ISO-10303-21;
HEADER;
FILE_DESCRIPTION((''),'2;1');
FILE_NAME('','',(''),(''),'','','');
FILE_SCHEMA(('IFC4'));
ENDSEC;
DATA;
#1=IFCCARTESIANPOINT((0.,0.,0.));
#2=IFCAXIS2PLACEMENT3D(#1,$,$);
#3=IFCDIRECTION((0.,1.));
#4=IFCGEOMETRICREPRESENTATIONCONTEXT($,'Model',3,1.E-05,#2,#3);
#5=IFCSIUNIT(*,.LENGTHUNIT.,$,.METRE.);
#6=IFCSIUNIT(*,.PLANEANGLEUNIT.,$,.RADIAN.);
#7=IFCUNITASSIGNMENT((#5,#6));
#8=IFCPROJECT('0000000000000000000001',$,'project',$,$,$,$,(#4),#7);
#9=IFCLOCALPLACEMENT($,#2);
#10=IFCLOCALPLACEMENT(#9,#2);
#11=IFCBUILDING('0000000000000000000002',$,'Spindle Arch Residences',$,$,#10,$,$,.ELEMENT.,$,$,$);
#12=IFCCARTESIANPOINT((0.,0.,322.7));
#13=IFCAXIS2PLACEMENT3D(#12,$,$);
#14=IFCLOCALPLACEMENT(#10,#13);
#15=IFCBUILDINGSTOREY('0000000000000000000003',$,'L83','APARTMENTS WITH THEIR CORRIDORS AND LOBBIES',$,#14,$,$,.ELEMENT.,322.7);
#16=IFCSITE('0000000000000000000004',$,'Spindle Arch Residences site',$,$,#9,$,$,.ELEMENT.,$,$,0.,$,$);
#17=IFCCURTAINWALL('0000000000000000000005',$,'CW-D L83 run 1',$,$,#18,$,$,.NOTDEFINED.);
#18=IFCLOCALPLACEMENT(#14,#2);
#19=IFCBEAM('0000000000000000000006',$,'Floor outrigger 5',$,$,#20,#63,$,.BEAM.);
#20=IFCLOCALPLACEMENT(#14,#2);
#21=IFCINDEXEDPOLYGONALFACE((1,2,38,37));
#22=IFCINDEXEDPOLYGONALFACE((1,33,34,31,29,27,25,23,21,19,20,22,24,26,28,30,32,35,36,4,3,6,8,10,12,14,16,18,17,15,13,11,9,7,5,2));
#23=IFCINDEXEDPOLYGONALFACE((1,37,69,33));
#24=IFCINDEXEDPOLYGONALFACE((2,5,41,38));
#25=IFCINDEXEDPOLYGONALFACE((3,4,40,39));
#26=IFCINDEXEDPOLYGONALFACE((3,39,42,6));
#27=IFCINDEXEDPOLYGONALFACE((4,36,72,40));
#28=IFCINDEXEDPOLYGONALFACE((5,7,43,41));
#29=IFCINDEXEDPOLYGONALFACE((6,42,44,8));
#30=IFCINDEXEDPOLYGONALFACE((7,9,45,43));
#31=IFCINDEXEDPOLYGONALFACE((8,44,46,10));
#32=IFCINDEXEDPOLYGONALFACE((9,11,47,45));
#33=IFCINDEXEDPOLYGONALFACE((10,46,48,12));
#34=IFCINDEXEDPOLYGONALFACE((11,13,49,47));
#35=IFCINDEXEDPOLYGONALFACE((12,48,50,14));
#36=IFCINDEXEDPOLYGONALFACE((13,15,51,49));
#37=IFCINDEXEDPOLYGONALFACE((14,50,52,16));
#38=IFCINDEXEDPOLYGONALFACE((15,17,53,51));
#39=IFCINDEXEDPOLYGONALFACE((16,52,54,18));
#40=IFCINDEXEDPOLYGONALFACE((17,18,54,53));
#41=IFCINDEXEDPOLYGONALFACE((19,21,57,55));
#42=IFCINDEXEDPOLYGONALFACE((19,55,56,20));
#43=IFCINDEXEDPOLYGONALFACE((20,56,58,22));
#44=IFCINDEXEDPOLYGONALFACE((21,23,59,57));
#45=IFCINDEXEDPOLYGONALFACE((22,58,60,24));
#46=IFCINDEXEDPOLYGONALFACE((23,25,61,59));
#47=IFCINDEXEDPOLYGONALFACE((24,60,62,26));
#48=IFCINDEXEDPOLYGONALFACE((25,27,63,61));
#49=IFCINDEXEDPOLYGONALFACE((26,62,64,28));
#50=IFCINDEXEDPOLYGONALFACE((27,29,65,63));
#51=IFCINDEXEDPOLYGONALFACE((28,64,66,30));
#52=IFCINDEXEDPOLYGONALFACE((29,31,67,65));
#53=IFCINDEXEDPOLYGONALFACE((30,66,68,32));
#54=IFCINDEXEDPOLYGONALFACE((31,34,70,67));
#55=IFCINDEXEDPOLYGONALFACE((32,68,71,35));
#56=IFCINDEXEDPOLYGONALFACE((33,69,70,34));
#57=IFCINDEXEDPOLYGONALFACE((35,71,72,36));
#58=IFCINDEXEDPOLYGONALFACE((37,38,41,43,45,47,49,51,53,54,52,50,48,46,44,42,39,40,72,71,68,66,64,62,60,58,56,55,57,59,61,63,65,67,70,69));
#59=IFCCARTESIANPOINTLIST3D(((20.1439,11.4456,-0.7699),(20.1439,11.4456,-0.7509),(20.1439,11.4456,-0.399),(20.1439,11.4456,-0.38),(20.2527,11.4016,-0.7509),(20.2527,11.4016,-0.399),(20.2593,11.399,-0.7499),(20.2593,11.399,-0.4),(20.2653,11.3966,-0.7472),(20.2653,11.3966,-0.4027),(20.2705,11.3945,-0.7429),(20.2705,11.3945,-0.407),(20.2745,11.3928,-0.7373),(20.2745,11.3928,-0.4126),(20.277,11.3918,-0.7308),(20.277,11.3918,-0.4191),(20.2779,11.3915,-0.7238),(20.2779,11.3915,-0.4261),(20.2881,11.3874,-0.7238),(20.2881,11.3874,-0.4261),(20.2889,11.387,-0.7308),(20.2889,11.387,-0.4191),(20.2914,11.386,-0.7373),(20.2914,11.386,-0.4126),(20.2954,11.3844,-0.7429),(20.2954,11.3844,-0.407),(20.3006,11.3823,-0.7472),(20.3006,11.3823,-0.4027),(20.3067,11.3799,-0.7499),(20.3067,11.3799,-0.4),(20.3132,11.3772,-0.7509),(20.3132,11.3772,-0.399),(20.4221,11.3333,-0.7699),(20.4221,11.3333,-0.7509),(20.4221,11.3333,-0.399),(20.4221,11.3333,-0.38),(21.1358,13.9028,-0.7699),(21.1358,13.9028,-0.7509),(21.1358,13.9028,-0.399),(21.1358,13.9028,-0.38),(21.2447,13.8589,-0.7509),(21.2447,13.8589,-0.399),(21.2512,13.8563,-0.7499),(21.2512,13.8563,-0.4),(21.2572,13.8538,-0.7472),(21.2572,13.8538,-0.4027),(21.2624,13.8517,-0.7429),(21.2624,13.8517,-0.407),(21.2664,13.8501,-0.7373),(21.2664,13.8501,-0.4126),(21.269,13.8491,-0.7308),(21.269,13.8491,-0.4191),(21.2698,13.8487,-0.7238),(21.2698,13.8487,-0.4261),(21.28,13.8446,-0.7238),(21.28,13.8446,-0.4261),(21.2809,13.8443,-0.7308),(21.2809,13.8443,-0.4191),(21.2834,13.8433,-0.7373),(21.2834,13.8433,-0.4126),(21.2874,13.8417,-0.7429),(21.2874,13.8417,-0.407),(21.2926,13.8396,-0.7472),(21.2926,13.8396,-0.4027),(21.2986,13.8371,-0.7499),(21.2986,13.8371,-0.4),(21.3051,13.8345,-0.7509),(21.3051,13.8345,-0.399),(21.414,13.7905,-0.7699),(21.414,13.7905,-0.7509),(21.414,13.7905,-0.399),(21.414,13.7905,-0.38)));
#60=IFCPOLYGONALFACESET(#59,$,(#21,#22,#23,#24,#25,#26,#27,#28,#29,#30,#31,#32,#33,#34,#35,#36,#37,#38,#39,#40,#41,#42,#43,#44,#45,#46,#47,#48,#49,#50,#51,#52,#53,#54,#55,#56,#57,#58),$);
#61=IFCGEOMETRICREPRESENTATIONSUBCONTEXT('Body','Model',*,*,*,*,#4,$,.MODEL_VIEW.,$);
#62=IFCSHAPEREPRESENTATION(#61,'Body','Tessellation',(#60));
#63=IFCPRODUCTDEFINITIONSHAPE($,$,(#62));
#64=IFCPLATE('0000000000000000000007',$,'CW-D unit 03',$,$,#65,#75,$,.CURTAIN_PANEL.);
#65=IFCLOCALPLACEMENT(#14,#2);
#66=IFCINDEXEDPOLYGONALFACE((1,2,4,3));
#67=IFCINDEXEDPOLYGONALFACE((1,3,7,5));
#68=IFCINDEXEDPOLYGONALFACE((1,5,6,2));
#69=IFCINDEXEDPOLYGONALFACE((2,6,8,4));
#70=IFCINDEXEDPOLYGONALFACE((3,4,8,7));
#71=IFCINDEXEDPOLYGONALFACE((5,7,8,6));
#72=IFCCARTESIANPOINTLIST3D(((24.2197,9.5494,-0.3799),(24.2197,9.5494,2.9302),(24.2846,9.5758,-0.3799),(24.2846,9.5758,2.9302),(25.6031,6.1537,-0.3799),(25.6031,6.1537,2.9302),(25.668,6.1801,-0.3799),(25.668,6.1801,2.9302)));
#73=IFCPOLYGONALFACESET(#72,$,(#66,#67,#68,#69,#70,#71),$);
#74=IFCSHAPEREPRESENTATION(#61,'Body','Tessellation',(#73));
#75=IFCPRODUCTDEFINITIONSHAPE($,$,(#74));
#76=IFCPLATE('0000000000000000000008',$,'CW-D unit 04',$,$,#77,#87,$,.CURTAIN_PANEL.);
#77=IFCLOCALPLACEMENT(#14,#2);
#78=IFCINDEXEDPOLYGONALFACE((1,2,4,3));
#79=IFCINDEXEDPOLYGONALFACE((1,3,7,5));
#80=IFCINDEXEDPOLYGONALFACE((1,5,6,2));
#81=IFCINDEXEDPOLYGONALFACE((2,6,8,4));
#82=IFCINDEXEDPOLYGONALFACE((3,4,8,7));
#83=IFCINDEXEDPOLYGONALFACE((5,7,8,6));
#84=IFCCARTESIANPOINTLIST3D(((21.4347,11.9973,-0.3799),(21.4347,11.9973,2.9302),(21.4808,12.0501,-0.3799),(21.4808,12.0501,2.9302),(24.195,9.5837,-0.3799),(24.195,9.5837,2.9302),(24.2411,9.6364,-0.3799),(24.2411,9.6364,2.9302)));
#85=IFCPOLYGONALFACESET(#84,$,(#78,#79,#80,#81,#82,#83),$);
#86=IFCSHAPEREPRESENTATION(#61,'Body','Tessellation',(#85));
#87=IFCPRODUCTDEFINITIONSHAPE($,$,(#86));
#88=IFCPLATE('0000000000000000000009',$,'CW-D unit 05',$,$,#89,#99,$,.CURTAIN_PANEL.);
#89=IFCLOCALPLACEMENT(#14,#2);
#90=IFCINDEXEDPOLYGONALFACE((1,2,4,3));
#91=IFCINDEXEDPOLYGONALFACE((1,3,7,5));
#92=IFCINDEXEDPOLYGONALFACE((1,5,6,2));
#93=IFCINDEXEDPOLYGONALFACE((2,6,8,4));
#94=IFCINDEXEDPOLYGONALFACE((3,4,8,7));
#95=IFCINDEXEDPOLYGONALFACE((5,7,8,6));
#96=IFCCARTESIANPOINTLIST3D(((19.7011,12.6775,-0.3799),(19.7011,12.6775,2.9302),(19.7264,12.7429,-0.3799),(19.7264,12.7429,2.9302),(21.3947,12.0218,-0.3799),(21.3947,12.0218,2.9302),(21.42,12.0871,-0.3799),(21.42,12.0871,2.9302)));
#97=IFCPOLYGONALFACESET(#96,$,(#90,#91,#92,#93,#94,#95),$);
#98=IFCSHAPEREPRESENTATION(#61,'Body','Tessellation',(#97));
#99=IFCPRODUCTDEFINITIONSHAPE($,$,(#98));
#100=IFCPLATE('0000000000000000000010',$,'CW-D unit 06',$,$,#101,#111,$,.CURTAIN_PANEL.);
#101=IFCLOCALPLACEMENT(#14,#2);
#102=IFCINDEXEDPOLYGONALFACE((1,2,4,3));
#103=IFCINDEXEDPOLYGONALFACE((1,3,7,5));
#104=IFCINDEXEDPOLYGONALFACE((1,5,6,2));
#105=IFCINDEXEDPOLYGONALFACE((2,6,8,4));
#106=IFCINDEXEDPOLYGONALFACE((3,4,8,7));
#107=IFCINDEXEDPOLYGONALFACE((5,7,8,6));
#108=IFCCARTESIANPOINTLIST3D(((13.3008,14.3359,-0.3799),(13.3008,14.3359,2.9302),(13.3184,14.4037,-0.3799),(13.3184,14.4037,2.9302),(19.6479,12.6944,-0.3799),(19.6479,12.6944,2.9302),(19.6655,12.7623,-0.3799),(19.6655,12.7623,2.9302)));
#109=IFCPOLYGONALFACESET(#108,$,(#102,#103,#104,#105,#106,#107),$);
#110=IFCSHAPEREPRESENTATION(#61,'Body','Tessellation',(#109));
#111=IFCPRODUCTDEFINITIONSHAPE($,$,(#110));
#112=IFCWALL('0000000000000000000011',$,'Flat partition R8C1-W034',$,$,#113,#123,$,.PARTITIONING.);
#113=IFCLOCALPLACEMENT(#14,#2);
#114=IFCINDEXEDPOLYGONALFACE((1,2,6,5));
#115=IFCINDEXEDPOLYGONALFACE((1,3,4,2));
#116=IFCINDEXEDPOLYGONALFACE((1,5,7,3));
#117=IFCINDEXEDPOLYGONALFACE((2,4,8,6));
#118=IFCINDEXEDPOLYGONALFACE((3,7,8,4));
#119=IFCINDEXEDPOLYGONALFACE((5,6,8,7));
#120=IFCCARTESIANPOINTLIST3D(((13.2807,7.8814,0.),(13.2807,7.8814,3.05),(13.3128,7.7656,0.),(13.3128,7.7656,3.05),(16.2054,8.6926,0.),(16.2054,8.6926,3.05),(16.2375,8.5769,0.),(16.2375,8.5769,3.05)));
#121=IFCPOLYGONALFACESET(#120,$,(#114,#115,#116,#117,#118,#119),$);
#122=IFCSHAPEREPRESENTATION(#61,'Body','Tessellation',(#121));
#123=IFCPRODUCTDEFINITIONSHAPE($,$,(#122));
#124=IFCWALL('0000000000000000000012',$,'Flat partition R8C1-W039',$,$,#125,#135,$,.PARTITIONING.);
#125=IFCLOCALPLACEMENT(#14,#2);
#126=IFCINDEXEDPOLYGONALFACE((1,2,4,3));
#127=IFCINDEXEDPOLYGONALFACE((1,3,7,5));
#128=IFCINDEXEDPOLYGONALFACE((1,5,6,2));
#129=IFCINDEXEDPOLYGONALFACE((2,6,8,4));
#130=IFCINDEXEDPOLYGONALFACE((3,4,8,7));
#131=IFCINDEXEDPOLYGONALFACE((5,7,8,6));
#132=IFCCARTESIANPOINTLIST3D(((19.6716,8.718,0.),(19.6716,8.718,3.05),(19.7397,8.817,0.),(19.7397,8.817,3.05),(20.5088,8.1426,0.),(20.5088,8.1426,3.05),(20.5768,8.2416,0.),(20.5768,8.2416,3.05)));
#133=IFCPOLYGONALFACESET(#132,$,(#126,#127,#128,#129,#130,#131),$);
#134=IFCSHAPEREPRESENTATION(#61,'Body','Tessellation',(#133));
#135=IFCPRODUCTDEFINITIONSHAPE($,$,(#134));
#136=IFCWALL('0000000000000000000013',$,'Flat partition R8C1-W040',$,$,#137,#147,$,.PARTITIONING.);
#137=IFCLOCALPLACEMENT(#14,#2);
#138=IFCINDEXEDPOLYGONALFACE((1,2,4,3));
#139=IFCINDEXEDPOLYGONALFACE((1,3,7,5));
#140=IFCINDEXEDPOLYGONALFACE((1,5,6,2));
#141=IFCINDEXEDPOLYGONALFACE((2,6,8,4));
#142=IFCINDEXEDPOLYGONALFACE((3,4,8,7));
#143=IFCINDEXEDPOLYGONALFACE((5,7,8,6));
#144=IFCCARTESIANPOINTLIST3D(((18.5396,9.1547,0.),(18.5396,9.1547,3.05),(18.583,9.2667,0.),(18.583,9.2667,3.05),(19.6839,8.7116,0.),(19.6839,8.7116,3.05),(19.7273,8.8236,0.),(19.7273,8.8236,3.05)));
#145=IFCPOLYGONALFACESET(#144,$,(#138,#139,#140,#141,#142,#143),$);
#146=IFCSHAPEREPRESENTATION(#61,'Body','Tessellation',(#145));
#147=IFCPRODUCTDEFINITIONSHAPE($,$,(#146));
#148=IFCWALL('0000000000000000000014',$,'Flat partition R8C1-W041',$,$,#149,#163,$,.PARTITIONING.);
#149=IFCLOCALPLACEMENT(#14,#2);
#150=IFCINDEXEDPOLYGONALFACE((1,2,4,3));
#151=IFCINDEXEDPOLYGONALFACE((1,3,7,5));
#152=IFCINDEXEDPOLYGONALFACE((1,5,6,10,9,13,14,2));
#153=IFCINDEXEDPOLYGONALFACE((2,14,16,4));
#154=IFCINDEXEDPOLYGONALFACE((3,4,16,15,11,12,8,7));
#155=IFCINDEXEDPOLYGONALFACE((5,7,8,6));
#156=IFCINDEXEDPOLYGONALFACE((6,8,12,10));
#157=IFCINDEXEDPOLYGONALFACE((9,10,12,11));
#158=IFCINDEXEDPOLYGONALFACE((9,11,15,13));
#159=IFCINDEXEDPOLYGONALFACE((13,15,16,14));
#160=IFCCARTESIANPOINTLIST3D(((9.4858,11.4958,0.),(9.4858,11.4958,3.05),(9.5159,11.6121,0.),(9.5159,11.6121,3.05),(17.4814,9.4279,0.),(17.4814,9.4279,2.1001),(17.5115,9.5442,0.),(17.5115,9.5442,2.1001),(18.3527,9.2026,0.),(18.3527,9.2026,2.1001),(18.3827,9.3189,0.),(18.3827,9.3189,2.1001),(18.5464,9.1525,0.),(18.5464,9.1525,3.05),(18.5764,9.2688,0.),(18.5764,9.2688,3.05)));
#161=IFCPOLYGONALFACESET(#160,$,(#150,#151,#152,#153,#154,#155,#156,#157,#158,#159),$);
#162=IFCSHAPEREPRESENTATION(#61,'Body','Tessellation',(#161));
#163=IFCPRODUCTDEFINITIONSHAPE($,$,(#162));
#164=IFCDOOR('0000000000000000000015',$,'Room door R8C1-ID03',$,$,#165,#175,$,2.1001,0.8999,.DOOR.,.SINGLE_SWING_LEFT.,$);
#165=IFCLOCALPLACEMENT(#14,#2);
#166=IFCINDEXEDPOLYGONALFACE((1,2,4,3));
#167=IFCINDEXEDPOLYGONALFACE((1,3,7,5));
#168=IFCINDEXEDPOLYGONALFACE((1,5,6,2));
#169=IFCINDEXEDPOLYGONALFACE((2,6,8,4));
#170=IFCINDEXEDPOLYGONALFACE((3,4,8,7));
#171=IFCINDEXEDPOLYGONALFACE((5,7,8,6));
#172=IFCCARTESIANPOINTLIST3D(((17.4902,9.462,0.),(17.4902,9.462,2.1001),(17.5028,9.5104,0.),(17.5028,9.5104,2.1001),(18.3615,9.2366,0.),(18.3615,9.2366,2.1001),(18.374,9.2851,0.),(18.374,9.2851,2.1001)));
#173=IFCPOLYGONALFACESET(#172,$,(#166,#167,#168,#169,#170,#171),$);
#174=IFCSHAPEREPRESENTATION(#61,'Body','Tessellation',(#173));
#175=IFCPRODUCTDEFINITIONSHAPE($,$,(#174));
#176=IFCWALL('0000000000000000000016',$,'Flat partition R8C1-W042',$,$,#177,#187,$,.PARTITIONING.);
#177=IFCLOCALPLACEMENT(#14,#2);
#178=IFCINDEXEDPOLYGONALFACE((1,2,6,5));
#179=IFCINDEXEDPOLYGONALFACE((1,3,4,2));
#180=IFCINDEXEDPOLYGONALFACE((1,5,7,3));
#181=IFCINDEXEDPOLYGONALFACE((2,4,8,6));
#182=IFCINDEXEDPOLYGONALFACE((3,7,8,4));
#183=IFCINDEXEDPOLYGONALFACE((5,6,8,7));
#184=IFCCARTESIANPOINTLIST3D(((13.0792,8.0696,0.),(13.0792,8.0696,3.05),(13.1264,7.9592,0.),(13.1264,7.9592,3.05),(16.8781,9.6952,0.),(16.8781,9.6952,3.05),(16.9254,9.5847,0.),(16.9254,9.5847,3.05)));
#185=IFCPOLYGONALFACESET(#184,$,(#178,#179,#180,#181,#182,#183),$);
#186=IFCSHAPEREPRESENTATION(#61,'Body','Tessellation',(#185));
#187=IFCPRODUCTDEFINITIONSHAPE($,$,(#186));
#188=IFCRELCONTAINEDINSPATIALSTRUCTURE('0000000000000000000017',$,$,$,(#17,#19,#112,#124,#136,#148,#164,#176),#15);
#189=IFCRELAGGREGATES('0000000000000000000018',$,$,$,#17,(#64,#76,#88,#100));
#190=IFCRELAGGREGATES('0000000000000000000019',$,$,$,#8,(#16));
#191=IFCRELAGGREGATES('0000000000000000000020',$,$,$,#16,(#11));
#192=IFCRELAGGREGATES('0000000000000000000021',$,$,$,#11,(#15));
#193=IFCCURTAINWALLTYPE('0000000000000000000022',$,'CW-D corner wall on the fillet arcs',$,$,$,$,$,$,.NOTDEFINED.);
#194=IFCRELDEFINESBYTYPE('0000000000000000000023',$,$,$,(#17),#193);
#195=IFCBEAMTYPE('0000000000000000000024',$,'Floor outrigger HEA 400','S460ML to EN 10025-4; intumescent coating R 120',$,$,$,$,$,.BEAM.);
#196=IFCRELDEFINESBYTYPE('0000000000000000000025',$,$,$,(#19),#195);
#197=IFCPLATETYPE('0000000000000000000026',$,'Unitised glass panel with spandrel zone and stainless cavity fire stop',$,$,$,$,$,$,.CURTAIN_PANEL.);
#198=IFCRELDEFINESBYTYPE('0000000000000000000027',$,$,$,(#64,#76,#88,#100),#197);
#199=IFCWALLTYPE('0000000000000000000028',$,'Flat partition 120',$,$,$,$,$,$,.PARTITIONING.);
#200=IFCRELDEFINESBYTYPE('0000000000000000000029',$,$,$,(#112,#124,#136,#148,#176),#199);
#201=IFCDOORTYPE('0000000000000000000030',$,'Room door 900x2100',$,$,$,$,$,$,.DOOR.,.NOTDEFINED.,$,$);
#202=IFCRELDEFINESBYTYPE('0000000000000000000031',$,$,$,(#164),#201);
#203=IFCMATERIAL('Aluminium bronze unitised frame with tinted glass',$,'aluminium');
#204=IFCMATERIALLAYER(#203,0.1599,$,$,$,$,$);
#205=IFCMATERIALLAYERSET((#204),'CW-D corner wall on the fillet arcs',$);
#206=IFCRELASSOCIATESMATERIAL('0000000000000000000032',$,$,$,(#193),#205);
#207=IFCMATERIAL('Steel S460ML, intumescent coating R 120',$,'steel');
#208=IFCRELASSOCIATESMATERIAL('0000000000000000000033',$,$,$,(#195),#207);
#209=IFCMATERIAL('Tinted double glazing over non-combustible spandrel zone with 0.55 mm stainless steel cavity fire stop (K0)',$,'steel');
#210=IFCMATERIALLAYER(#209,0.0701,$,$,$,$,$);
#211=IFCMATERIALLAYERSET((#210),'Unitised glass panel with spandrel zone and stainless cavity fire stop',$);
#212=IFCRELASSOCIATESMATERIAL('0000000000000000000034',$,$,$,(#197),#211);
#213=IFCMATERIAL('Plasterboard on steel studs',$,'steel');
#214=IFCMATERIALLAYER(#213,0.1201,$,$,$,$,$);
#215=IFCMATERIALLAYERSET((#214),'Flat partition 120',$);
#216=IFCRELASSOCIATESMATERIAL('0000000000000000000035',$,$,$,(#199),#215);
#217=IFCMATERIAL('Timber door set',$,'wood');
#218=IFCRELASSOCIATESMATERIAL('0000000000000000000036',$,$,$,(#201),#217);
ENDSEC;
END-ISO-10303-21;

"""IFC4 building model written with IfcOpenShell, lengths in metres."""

from ifc_helpers import new_model, si_unit, direction, frame, frame_2d, origin, origin_2d, place, context, subcontext, project, spatial, rectangle, i_section, extrude, material, layer, layer_set, material_profile, profile_set, type_object, element, fill, aggregate, save


model = new_model("IFC4")

# Units and contexts
model_context = context("Model", 3, precision=1e-05, world=origin(), true_north=direction((0.0, 1.0)))
body_context = subcontext(model_context, "Body", "Model", "MODEL_VIEW")
ifc_project = project(units=[si_unit("LENGTHUNIT", "METRE"), si_unit("PLANEANGLEUNIT", "RADIAN")], contexts=[model_context])

# Site, building, storey
site_placement = place(None, origin())
site = spatial("IfcSite", under=ifc_project, at=site_placement, Name="Spindle Arch Residences site", CompositionType="ELEMENT", RefElevation=0.0)
building_placement = place(site_placement, origin())
building = spatial("IfcBuilding", under=site, at=building_placement, Name="Spindle Arch Residences", CompositionType="ELEMENT")
storey_placement = place(building_placement, frame((0.0, 0.0, 322.7)))
storey = spatial("IfcBuildingStorey", under=building, at=storey_placement, Name="L83", Description="APARTMENTS WITH THEIR CORRIDORS AND LOBBIES", CompositionType="ELEMENT", Elevation=322.7)

# Curtain wall
ifc_material_1 = material(Name="Aluminium bronze unitised frame with tinted glass", Category="aluminium")
ifc_layer_1 = layer(ifc_material_1, 0.1599)
ifc_layer_set_1 = layer_set([ifc_layer_1], Name="CW-D corner wall on the fillet arcs")
curtain_wall_type = type_object("IfcCurtainWallType", Name="CW-D corner wall on the fillet arcs", PredefinedType="NOTDEFINED", material=ifc_layer_set_1)
curtain_wall_placement = place(storey_placement, origin())
curtain_wall = element("IfcCurtainWall", 1, at=curtain_wall_placement, inside=storey, type_object=curtain_wall_type, Name="CW-D L83 run 1", PredefinedType="NOTDEFINED")

# Beam
ifc_material_2 = material(Name="Steel S460ML, intumescent coating R 120", Category="steel")
ifc_material_profile_1 = material_profile(ifc_material_2, i_section(OverallWidth=0.3, OverallDepth=0.3899, WebThickness=0.011, FlangeThickness=0.019, FilletRadius=0.0271, at=origin_2d()), Name="HEA 400")
ifc_profile_set_1 = profile_set([ifc_material_profile_1], Name="Steel S460ML, intumescent coating R 120")
beam_type_1 = type_object("IfcBeamType", Name="Floor outrigger HEA 400", Description="S460ML to EN 10025-4; intumescent coating R 120", PredefinedType="BEAM", material=ifc_profile_set_1)
for number, where, z_axis, x_axis, name in (
    (2, (21.2749, 13.8467, -0.575), (-0.374327, -0.927297, 0.0), (0.927297, -0.374327, 0.0), "Floor outrigger 5"),
):
    element("IfcBeam", number, at=place(storey_placement, frame(where, z_axis=z_axis, x_axis=x_axis)), inside=storey, type_object=beam_type_1, Name=name, PredefinedType="BEAM", context=body_context, shape_type="SweptSolid", body=[
        extrude(i_section(OverallWidth=0.3, OverallDepth=0.3899, WebThickness=0.011, FlangeThickness=0.019, FilletRadius=0.0271, at=origin_2d()), origin(), (0.0, 0.0, 1.0), 2.6499),
    ])

# Plates
ifc_material_3 = material(Name="Tinted double glazing over non-combustible spandrel zone with 0.55 mm stainless steel cavity fire stop (K0)", Category="steel")
ifc_layer_2 = layer(ifc_material_3, 0.0701)
ifc_layer_set_2 = layer_set([ifc_layer_2], Name="Unitised glass panel with spandrel zone and stainless cavity fire stop")
plate_type = type_object("IfcPlateType", Name="Unitised glass panel with spandrel zone and stainless cavity fire stop", PredefinedType="CURTAIN_PANEL", material=ifc_layer_set_2)
plate_1_placement = place(storey_placement, frame((24.9438, 7.8647, -0.3799), z_axis=(0.0, 0.0, 1.0), x_axis=(-0.377302, 0.92609, 0.0)))
plate_1 = element("IfcPlate", 3, at=plate_1_placement, type_object=plate_type, Name="CW-D unit 03", PredefinedType="CURTAIN_PANEL", context=body_context, shape_type="SweptSolid", body=[
    extrude(rectangle(XDim=3.6667, YDim=0.0701, at=origin_2d()), origin(), (0.0, 0.0, 1.0), 3.3101),
])
plate_2_placement = place(storey_placement, frame((22.8379, 10.8169, -0.3799), z_axis=(0.0, 0.0, 1.0), x_axis=(-0.752798, 0.658252, 0.0)))
plate_2 = element("IfcPlate", 4, at=plate_2_placement, type_object=plate_type, Name="CW-D unit 04", PredefinedType="CURTAIN_PANEL", context=body_context, shape_type="SweptSolid", body=[
    extrude(rectangle(XDim=3.6667, YDim=0.0701, at=origin_2d()), origin(), (0.0, 0.0, 1.0), 3.3101),
])
plate_3_placement = place(storey_placement, frame((20.5605, 12.3823, -0.3799), z_axis=(0.0, 0.0, 1.0), x_axis=(-0.932534, 0.361082, 0.0)))
plate_3 = element("IfcPlate", 5, at=plate_3_placement, type_object=plate_type, Name="CW-D unit 05", PredefinedType="CURTAIN_PANEL", context=body_context, shape_type="SweptSolid", body=[
    extrude(rectangle(XDim=1.8162, YDim=0.0701, at=origin_2d()), origin(), (0.0, 0.0, 1.0), 3.3101),
])
plate_4_placement = place(storey_placement, frame((16.4832, 13.5491, -0.3799), z_axis=(0.0, 0.0, 1.0), x_axis=(-0.968148, 0.25038, 0.0)))
plate_4 = element("IfcPlate", 6, at=plate_4_placement, type_object=plate_type, Name="CW-D unit 06", PredefinedType="CURTAIN_PANEL", context=body_context, shape_type="SweptSolid", body=[
    extrude(rectangle(XDim=6.5559, YDim=0.0701, at=origin_2d()), origin(), (0.0, 0.0, 1.0), 3.3101),
])
aggregate(curtain_wall, [plate_1, plate_2, plate_3, plate_4])

# Walls
ifc_material_4 = material(Name="Plasterboard on steel studs", Category="steel")
ifc_layer_3 = layer(ifc_material_4, 0.1201)
ifc_layer_set_3 = layer_set([ifc_layer_3], Name="Flat partition 120")
wall_type = type_object("IfcWallType", Name="Flat partition 120", PredefinedType="PARTITIONING", material=ifc_layer_set_3)
wall_1_placement = place(storey_placement, frame((16.2214, 8.6348, 0.0), z_axis=(0.0, 0.0, 1.0), x_axis=(-0.963617, -0.267287, 0.0)))
element("IfcWall", 7, at=wall_1_placement, inside=storey, type_object=wall_type, Name="Flat partition R8C1-W034", PredefinedType="PARTITIONING", context=body_context, shape_type="SweptSolid", body=[
    extrude(rectangle(XDim=3.0352, YDim=0.1201, at=frame_2d((1.5176, 0.0))), origin(), (0.0, 0.0, 1.0), 3.05),
])
wall_2_placement = place(storey_placement, frame((20.5427, 8.1921, 0.0), z_axis=(0.0, 0.0, 1.0), x_axis=(-0.824091, 0.566457, 0.0)))
element("IfcWall", 8, at=wall_2_placement, inside=storey, type_object=wall_type, Name="Flat partition R8C1-W039", PredefinedType="PARTITIONING", context=body_context, shape_type="SweptSolid", body=[
    extrude(rectangle(XDim=1.0159, YDim=0.1201, at=frame_2d((0.5078, 0.0))), origin(), (0.0, 0.0, 1.0), 3.05),
])
wall_3_placement = place(storey_placement, frame((19.7056, 8.7676, 0.0), z_axis=(0.0, 0.0, 1.0), x_axis=(-0.932523, 0.361111, 0.0)))
element("IfcWall", 9, at=wall_3_placement, inside=storey, type_object=wall_type, Name="Flat partition R8C1-W040", PredefinedType="PARTITIONING", context=body_context, shape_type="SweptSolid", body=[
    extrude(rectangle(XDim=1.2271, YDim=0.1201, at=frame_2d((0.6135, 0.0))), origin(), (0.0, 0.0, 1.0), 3.05),
])

# Wall, opening, door
wall_4_placement = place(storey_placement, frame((18.5613, 9.2107, 0.0), z_axis=(0.0, 0.0, 1.0), x_axis=(-0.968146, 0.250385, 0.0)))
wall_4 = element("IfcWall", 10, at=wall_4_placement, inside=storey, type_object=wall_type, Name="Flat partition R8C1-W041", PredefinedType="PARTITIONING", context=body_context, shape_type="SweptSolid", body=[
    extrude(rectangle(XDim=9.3586, YDim=0.1201, at=frame_2d((4.6792, 0.0))), origin(), (0.0, 0.0, 1.0), 3.05),
])
opening_1_placement = place(wall_4_placement, frame((0.2, 0.0, 0.0)))
opening_1 = element("IfcOpeningElement", 11, at=opening_1_placement, cuts=wall_4, PredefinedType="OPENING", context=body_context, shape_type="SweptSolid", body=[
    extrude(rectangle(XDim=0.8999, YDim=2.1001, at=frame_2d((0.45, 1.05))), frame((0.0, 0.0701, 0.0), z_axis=(0.0, -1.0, 0.0), x_axis=(1.0, 0.0, 0.0)), (0.0, 0.0, 1.0), 0.1401),
])
ifc_material_5 = material(Name="Timber door set", Category="wood")
door_type = type_object("IfcDoorType", Name="Room door 900x2100", OperationType="NOTDEFINED", PredefinedType="DOOR", material=ifc_material_5)
door_1_placement = place(opening_1_placement, origin())
door_1 = element("IfcDoor", 12, at=door_1_placement, inside=storey, type_object=door_type, Name="Room door R8C1-ID03", OperationType="SINGLE_SWING_LEFT", OverallHeight=2.1001, OverallWidth=0.8999, PredefinedType="DOOR", context=body_context, shape_type="SweptSolid", body=[
    extrude(rectangle(XDim=0.8999, YDim=2.1001, at=frame_2d((0.45, 1.05))), frame((0.0, 0.0249, 0.0), z_axis=(0.0, -1.0, 0.0), x_axis=(1.0, 0.0, 0.0)), (0.0, 0.0, 1.0), 0.05),
])
fill(opening_1, door_1)

# Wall
wall_5_placement = place(storey_placement, frame((16.9016, 9.6399, 0.0), z_axis=(0.0, 0.0, 1.0), x_axis=(-0.919371, -0.393392, 0.0)))
element("IfcWall", 13, at=wall_5_placement, inside=storey, type_object=wall_type, Name="Flat partition R8C1-W042", PredefinedType="PARTITIONING", context=body_context, shape_type="SweptSolid", body=[
    extrude(rectangle(XDim=4.1321, YDim=0.1201, at=frame_2d((2.0659, 0.0))), origin(), (0.0, 0.0, 1.0), 3.05),
])

save(model, "model.ifc")
